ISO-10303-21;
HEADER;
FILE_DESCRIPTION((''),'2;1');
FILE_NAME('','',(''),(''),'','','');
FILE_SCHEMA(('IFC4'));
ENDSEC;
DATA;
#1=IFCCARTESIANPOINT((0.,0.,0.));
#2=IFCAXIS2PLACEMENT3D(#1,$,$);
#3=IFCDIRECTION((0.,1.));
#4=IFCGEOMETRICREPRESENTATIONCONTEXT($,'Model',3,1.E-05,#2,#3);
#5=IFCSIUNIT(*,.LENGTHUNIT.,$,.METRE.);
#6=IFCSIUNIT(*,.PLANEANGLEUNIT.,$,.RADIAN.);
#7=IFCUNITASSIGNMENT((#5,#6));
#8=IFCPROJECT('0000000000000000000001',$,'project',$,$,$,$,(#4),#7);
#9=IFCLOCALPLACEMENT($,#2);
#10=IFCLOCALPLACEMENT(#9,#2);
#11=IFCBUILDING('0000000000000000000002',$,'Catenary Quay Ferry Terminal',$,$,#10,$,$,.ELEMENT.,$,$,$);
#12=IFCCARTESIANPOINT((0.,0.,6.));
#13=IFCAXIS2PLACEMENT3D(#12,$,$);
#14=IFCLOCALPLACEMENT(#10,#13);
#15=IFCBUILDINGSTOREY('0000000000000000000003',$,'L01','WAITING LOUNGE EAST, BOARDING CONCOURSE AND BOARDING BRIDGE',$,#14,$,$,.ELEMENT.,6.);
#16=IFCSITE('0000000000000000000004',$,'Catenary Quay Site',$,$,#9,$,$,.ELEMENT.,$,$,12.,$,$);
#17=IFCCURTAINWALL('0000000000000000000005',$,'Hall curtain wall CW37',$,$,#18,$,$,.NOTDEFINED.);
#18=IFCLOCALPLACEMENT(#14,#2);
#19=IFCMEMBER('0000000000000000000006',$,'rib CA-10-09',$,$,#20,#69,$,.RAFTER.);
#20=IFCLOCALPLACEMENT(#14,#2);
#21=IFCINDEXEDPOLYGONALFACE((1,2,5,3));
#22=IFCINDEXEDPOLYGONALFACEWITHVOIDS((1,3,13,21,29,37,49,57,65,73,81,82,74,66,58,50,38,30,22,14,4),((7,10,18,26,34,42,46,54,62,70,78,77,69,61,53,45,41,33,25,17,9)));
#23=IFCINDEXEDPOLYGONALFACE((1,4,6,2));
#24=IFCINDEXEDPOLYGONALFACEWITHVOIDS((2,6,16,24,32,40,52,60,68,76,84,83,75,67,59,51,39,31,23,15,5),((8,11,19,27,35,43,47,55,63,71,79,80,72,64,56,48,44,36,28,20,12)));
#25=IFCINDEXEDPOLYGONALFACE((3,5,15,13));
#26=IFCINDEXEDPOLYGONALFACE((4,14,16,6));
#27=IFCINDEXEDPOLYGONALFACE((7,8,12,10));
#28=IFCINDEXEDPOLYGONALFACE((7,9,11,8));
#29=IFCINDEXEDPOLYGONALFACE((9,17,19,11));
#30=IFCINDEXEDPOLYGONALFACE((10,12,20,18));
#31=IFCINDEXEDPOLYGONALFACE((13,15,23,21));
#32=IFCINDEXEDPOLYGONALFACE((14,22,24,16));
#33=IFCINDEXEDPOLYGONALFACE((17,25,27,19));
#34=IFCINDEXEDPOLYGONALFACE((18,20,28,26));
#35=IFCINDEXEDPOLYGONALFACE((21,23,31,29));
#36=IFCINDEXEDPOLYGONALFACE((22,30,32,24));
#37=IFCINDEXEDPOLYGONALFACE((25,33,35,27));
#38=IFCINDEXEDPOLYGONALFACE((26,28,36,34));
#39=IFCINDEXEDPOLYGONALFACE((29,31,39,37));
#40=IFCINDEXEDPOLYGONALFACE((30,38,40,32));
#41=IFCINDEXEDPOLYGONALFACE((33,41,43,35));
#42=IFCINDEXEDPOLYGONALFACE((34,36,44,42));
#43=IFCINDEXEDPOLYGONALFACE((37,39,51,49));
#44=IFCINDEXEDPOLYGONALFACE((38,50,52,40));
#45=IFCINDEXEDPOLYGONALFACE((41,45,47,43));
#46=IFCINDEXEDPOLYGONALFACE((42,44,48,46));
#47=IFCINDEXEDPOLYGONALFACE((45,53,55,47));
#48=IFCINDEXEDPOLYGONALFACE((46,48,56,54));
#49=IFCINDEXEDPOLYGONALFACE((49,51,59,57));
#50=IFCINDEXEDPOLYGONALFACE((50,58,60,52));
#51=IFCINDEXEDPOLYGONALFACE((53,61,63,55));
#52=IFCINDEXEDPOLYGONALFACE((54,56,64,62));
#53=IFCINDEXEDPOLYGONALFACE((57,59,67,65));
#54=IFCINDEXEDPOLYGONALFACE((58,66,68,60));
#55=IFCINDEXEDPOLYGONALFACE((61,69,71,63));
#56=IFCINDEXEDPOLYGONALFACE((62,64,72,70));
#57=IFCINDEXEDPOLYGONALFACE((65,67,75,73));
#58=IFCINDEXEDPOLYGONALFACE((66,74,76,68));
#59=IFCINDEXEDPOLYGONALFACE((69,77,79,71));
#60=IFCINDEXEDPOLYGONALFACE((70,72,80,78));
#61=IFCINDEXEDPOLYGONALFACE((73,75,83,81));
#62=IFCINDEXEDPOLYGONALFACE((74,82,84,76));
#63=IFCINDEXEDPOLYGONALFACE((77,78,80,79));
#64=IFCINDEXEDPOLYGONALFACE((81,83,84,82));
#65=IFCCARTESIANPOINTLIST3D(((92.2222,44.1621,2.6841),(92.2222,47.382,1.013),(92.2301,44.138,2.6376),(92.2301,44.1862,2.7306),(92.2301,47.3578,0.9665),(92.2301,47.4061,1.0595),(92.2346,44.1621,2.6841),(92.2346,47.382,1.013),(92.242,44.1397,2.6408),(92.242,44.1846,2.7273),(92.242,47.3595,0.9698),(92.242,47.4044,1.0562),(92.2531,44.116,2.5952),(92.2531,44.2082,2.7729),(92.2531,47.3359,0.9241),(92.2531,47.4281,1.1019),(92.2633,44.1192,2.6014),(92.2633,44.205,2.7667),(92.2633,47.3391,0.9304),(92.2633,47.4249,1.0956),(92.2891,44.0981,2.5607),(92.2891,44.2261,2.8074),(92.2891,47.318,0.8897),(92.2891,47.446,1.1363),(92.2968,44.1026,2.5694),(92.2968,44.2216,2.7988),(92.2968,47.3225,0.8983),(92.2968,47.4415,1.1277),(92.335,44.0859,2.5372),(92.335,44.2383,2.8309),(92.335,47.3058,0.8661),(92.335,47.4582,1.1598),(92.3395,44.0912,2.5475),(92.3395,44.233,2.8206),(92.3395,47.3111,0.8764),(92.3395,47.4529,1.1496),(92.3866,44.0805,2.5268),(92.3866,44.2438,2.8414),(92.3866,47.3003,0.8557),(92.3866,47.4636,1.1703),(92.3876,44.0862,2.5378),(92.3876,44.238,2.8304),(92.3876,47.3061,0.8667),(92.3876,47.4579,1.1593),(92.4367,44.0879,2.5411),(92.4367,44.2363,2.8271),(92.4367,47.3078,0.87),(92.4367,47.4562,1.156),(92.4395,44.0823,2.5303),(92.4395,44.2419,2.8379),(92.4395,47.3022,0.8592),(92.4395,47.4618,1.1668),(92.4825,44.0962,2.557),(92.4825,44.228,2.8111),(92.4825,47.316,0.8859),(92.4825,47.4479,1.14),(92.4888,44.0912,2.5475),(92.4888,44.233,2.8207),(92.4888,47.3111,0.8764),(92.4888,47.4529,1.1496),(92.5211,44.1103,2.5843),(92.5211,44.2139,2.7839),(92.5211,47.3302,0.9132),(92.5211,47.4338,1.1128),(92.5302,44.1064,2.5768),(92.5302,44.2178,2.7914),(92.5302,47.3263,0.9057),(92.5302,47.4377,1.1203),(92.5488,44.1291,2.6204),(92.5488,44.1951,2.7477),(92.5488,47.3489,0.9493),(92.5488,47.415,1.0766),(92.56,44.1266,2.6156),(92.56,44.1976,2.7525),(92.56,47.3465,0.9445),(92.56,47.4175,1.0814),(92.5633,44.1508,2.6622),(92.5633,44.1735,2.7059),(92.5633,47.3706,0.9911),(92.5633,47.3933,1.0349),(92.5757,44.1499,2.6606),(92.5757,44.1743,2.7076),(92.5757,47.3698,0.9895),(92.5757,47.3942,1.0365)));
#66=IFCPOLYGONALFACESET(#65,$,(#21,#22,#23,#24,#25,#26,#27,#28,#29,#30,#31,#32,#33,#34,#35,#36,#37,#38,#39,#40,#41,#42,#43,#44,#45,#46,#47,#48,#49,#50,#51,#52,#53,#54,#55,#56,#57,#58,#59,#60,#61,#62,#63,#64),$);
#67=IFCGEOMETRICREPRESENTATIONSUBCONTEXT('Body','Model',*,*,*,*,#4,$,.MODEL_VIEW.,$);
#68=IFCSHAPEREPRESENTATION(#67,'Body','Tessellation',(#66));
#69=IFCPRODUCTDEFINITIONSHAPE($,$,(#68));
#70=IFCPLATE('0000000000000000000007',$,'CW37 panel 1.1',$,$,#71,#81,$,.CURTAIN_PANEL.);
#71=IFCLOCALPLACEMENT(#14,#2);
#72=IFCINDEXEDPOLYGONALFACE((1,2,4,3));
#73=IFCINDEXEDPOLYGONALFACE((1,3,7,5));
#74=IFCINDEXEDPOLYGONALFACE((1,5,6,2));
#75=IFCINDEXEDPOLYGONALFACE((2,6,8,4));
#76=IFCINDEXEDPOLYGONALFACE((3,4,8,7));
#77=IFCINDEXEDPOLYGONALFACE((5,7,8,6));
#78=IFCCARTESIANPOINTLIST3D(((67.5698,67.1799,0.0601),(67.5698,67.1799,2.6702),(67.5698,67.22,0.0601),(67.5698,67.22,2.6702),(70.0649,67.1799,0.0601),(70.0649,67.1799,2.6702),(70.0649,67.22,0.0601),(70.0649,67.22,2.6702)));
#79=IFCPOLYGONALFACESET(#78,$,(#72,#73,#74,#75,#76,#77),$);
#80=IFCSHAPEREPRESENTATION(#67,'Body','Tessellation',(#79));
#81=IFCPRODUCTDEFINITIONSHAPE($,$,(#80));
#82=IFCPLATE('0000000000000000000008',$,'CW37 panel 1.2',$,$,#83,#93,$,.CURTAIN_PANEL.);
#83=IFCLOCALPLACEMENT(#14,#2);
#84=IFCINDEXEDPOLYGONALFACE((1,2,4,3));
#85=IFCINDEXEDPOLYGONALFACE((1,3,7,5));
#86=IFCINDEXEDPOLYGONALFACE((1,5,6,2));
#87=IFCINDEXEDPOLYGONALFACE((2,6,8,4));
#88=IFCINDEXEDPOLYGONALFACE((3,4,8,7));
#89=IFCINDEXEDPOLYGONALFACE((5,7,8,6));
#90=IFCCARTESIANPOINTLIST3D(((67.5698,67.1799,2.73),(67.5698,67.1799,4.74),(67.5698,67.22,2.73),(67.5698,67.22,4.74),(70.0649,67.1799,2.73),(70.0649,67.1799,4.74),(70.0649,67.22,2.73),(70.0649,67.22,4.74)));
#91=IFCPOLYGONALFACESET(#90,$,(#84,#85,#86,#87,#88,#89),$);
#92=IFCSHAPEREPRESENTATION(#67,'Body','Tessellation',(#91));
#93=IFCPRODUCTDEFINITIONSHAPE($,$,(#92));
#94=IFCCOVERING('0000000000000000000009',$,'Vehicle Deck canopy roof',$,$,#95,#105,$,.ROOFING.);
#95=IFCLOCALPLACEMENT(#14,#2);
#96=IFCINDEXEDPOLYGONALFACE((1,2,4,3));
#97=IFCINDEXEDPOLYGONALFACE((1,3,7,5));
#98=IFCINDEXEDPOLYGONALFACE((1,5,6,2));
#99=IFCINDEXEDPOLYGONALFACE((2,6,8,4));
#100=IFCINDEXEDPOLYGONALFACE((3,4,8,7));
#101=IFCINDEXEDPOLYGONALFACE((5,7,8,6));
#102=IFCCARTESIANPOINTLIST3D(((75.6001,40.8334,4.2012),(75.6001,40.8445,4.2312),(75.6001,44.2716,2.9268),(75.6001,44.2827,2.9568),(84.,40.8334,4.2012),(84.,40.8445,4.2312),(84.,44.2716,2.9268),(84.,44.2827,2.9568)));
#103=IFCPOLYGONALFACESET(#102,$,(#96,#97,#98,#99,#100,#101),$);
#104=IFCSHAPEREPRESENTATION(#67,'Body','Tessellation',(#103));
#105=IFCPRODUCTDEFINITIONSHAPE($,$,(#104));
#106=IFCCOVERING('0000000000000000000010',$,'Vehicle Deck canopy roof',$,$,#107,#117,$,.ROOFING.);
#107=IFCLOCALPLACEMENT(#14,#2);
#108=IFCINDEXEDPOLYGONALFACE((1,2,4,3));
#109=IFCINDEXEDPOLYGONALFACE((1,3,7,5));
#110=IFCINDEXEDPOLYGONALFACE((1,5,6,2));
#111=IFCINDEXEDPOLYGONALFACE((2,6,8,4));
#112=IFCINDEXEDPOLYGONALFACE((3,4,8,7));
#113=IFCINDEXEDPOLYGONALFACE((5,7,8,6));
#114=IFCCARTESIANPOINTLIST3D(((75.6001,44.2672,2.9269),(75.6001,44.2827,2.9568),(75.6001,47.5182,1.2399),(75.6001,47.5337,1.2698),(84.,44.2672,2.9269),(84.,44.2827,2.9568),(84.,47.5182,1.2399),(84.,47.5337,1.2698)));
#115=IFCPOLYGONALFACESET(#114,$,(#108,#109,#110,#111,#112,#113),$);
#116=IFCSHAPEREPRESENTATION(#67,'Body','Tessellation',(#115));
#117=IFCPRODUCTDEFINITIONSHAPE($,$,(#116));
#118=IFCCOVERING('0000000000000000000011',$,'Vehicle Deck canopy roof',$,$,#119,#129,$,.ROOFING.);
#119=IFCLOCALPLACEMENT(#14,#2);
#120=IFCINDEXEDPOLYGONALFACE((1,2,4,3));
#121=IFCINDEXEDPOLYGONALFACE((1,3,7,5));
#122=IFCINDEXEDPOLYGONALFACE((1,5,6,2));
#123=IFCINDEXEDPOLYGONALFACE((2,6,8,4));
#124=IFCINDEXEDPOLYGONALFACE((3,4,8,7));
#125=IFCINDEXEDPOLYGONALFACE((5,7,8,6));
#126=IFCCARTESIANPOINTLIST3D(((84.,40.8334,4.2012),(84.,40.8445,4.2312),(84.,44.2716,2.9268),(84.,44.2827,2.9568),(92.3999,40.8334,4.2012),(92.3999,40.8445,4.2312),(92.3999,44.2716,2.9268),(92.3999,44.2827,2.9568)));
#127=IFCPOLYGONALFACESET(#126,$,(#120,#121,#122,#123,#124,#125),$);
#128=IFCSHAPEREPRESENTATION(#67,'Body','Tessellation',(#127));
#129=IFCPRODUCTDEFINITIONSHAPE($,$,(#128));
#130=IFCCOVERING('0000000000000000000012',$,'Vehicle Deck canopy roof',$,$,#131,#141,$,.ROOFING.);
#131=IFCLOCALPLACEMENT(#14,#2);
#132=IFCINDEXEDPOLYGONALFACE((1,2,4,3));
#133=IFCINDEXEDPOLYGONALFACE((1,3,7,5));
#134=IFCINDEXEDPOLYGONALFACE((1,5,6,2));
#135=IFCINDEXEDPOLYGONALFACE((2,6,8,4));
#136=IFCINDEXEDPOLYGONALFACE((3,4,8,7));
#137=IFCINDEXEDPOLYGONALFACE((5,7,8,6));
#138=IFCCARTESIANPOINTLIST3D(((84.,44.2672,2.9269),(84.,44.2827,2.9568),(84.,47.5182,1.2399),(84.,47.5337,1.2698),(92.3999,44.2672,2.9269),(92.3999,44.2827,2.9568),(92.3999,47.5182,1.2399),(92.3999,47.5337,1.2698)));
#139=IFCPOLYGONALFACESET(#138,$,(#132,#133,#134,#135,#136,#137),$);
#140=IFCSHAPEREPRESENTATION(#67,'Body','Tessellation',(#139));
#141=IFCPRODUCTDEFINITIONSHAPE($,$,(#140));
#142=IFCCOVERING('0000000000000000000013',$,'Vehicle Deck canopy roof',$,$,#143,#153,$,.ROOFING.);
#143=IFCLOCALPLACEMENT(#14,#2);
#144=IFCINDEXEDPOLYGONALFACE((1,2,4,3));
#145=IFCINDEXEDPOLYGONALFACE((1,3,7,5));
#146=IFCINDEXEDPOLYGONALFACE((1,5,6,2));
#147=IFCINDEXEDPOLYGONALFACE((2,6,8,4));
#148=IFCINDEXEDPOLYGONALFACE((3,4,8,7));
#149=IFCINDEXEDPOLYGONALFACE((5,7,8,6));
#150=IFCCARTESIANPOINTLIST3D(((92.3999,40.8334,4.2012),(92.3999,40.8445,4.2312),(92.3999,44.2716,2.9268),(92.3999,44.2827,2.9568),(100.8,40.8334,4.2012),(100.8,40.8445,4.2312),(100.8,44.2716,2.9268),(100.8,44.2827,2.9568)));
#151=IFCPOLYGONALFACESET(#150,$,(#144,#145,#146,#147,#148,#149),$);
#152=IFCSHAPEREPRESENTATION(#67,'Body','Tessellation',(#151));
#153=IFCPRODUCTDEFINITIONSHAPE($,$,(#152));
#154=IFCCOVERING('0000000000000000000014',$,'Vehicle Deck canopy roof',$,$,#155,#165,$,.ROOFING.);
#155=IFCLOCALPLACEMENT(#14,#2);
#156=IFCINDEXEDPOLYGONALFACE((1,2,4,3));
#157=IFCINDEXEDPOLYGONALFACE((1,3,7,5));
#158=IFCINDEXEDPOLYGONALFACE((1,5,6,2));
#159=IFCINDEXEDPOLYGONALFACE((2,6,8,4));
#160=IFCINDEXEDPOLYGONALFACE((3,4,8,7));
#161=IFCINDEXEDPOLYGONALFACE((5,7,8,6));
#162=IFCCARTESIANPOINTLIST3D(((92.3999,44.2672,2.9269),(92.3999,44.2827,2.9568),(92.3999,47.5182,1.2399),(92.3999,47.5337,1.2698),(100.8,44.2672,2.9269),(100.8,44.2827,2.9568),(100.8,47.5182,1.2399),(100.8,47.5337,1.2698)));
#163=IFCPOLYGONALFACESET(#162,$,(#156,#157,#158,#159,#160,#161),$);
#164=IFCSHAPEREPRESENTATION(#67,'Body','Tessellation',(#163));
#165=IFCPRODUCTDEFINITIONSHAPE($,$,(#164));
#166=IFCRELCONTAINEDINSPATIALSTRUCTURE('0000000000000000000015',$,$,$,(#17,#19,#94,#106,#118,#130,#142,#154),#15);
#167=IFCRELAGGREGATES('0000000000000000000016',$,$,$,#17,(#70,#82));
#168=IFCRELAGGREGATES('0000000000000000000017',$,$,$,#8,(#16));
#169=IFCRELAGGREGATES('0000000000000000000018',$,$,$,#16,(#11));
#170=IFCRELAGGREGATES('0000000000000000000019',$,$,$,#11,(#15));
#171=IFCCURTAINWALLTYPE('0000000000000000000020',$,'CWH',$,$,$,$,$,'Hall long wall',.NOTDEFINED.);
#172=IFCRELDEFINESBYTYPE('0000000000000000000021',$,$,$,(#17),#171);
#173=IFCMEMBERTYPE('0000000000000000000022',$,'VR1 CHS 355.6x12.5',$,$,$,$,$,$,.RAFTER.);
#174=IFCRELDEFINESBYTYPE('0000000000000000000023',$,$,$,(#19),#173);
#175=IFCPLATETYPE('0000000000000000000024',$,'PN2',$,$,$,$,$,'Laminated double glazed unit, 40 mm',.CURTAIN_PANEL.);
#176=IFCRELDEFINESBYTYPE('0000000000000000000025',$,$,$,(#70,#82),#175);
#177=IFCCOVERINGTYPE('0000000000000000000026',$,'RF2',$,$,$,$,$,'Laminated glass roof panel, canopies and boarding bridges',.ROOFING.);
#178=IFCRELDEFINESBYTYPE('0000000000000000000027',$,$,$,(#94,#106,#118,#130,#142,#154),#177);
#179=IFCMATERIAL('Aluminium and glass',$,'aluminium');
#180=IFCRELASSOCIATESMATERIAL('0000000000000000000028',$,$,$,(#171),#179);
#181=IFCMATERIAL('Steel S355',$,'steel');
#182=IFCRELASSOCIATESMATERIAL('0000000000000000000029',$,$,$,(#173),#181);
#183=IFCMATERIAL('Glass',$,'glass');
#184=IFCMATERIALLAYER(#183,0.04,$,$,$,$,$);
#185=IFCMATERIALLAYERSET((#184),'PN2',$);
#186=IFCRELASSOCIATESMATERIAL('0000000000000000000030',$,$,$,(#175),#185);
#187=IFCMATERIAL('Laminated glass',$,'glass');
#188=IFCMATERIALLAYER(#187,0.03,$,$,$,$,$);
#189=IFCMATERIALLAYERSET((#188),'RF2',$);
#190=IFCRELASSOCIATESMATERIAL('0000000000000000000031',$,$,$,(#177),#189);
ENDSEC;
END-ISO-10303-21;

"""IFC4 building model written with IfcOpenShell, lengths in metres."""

from ifc_helpers import new_model, si_unit, direction, frame, origin, origin_2d, place, context, subcontext, project, spatial, polyline, rectangle, hollow_circle, outline, extrude, material, layer, layer_set, material_profile, profile_set, type_object, element, aggregate, save


model = new_model("IFC4")

# Units and contexts
model_context = context("Model", 3, precision=1e-05, world=origin(), true_north=direction((0.0, 1.0)))
body_context = subcontext(model_context, "Body", "Model", "MODEL_VIEW")
ifc_project = project(units=[si_unit("LENGTHUNIT", "METRE"), si_unit("PLANEANGLEUNIT", "RADIAN")], contexts=[model_context])

# Site, building, storey
site_placement = place(None, origin())
site = spatial("IfcSite", under=ifc_project, at=site_placement, Name="Catenary Quay Site", CompositionType="ELEMENT", RefElevation=12.0)
building_placement = place(site_placement, origin())
building = spatial("IfcBuilding", under=site, at=building_placement, Name="Catenary Quay Ferry Terminal", CompositionType="ELEMENT")
storey_placement = place(building_placement, frame((0.0, 0.0, 6.0)))
storey = spatial("IfcBuildingStorey", under=building, at=storey_placement, Name="L01", Description="WAITING LOUNGE EAST, BOARDING CONCOURSE AND BOARDING BRIDGE", CompositionType="ELEMENT", Elevation=6.0)

# Curtain wall
ifc_material_1 = material(Name="Aluminium and glass", Category="aluminium")
curtain_wall_type = type_object("IfcCurtainWallType", Name="CWH", ElementType="Hall long wall", PredefinedType="NOTDEFINED", material=ifc_material_1)
curtain_wall_placement = place(storey_placement, origin())
curtain_wall = element("IfcCurtainWall", 1, at=curtain_wall_placement, inside=storey, type_object=curtain_wall_type, Name="Hall curtain wall CW37", PredefinedType="NOTDEFINED")

# Member
ifc_material_2 = material(Name="Steel S355", Category="steel")
ifc_material_profile_1 = material_profile(ifc_material_2, hollow_circle(Radius=0.1777, WallThickness=0.0125, at=origin_2d()), Name="CHS 355.6x12.5")
ifc_profile_set_1 = profile_set([ifc_material_profile_1], Name="Steel S355")
member_type_1 = type_object("IfcMemberType", Name="VR1 CHS 355.6x12.5", PredefinedType="RAFTER", material=ifc_profile_set_1)
for number, where, z_axis, x_axis, name in (
    (2, (92.3999, 44.1621, 2.6841), (0.0, 0.887582, -0.460649), (-1.0, 0.0, 0.0), "rib CA-10-09"),
):
    element("IfcMember", number, at=place(storey_placement, frame(where, z_axis=z_axis, x_axis=x_axis)), inside=storey, type_object=member_type_1, Name=name, PredefinedType="RAFTER", context=body_context, shape_type="SweptSolid", body=[
        extrude(hollow_circle(Radius=0.1777, WallThickness=0.0125, at=origin_2d()), origin(), (0.0, 0.0, 1.0), 3.6277),
    ])

# Plates
ifc_material_3 = material(Name="Glass", Category="glass")
ifc_layer_1 = layer(ifc_material_3, 0.04)
ifc_layer_set_1 = layer_set([ifc_layer_1], Name="PN2")
plate_type = type_object("IfcPlateType", Name="PN2", ElementType="Laminated double glazed unit, 40 mm", PredefinedType="CURTAIN_PANEL", material=ifc_layer_set_1)
plate_1_placement = place(storey_placement, frame((68.8174, 67.2, 0.0601), z_axis=(0.0, 0.0, 1.0), x_axis=(1.0, 0.0, 0.0)))
plate_1 = element("IfcPlate", 3, at=plate_1_placement, type_object=plate_type, Name="CW37 panel 1.1", PredefinedType="CURTAIN_PANEL", context=body_context, shape_type="SweptSolid", body=[
    extrude(rectangle(XDim=2.4951, YDim=0.04, at=origin_2d()), origin(), (0.0, 0.0, 1.0), 2.6101),
])
plate_2_placement = place(storey_placement, frame((68.8174, 67.2, 2.73), z_axis=(0.0, 0.0, 1.0), x_axis=(1.0, 0.0, 0.0)))
plate_2 = element("IfcPlate", 4, at=plate_2_placement, type_object=plate_type, Name="CW37 panel 1.2", PredefinedType="CURTAIN_PANEL", context=body_context, shape_type="SweptSolid", body=[
    extrude(rectangle(XDim=2.4951, YDim=0.04, at=origin_2d()), origin(), (0.0, 0.0, 1.0), 2.01),
])
aggregate(curtain_wall, [plate_1, plate_2])

# Coverings
ifc_material_4 = material(Name="Laminated glass", Category="glass")
ifc_layer_2 = layer(ifc_material_4, 0.03)
ifc_layer_set_2 = layer_set([ifc_layer_2], Name="RF2")
covering_type = type_object("IfcCoveringType", Name="RF2", ElementType="Laminated glass roof panel, canopies and boarding bridges", PredefinedType="ROOFING", material=ifc_layer_set_2)
covering_1_placement = place(storey_placement, frame((75.6001, 40.8445, 4.2312), z_axis=(0.0, 0.347553, 0.93766), x_axis=(1.0, 0.0, 0.0)))
element("IfcCovering", 5, at=covering_1_placement, inside=storey, type_object=covering_type, Name="Vehicle Deck canopy roof", PredefinedType="ROOFING", context=body_context, shape_type="SweptSolid", body=[
    extrude(outline(polyline([(0.0, 0.0), (8.3999, 0.0), (8.3999, 3.6668), (0.0, 3.6668), (0.0, 0.0)])), origin(), (0.0, 0.0, -1.0), 0.032),
])
covering_2_placement = place(storey_placement, frame((75.6001, 44.2827, 2.9568), z_axis=(0.0, 0.460601, 0.887607), x_axis=(1.0, 0.0, 0.0)))
element("IfcCovering", 6, at=covering_2_placement, inside=storey, type_object=covering_type, Name="Vehicle Deck canopy roof", PredefinedType="ROOFING", context=body_context, shape_type="SweptSolid", body=[
    extrude(outline(polyline([(0.0, 0.0), (8.3999, 0.0), (8.3999, 3.6626), (0.0, 3.6626), (0.0, 0.0)])), origin(), (0.0, 0.0, -1.0), 0.0337),
])
covering_3_placement = place(storey_placement, frame((84.0, 40.8445, 4.2312), z_axis=(0.0, 0.347553, 0.93766), x_axis=(1.0, 0.0, 0.0)))
element("IfcCovering", 7, at=covering_3_placement, inside=storey, type_object=covering_type, Name="Vehicle Deck canopy roof", PredefinedType="ROOFING", context=body_context, shape_type="SweptSolid", body=[
    extrude(outline(polyline([(0.0, 0.0), (8.3999, 0.0), (8.3999, 3.6668), (0.0, 3.6668), (0.0, 0.0)])), origin(), (0.0, 0.0, -1.0), 0.032),
])
covering_4_placement = place(storey_placement, frame((84.0, 44.2827, 2.9568), z_axis=(0.0, 0.460601, 0.887607), x_axis=(1.0, 0.0, 0.0)))
element("IfcCovering", 8, at=covering_4_placement, inside=storey, type_object=covering_type, Name="Vehicle Deck canopy roof", PredefinedType="ROOFING", context=body_context, shape_type="SweptSolid", body=[
    extrude(outline(polyline([(0.0, 0.0), (8.3999, 0.0), (8.3999, 3.6626), (0.0, 3.6626), (0.0, 0.0)])), origin(), (0.0, 0.0, -1.0), 0.0337),
])
covering_5_placement = place(storey_placement, frame((92.3999, 40.8445, 4.2312), z_axis=(0.0, 0.347553, 0.93766), x_axis=(1.0, 0.0, 0.0)))
element("IfcCovering", 9, at=covering_5_placement, inside=storey, type_object=covering_type, Name="Vehicle Deck canopy roof", PredefinedType="ROOFING", context=body_context, shape_type="SweptSolid", body=[
    extrude(outline(polyline([(0.0, 0.0), (8.4001, 0.0), (8.4001, 3.6668), (0.0, 3.6668), (0.0, 0.0)])), origin(), (0.0, 0.0, -1.0), 0.032),
])
covering_6_placement = place(storey_placement, frame((92.3999, 44.2827, 2.9568), z_axis=(0.0, 0.460601, 0.887607), x_axis=(1.0, 0.0, 0.0)))
element("IfcCovering", 10, at=covering_6_placement, inside=storey, type_object=covering_type, Name="Vehicle Deck canopy roof", PredefinedType="ROOFING", context=body_context, shape_type="SweptSolid", body=[
    extrude(outline(polyline([(0.0, 0.0), (8.4001, 0.0), (8.4001, 3.6626), (0.0, 3.6626), (0.0, 0.0)])), origin(), (0.0, 0.0, -1.0), 0.0337),
])

save(model, "model.ifc")
